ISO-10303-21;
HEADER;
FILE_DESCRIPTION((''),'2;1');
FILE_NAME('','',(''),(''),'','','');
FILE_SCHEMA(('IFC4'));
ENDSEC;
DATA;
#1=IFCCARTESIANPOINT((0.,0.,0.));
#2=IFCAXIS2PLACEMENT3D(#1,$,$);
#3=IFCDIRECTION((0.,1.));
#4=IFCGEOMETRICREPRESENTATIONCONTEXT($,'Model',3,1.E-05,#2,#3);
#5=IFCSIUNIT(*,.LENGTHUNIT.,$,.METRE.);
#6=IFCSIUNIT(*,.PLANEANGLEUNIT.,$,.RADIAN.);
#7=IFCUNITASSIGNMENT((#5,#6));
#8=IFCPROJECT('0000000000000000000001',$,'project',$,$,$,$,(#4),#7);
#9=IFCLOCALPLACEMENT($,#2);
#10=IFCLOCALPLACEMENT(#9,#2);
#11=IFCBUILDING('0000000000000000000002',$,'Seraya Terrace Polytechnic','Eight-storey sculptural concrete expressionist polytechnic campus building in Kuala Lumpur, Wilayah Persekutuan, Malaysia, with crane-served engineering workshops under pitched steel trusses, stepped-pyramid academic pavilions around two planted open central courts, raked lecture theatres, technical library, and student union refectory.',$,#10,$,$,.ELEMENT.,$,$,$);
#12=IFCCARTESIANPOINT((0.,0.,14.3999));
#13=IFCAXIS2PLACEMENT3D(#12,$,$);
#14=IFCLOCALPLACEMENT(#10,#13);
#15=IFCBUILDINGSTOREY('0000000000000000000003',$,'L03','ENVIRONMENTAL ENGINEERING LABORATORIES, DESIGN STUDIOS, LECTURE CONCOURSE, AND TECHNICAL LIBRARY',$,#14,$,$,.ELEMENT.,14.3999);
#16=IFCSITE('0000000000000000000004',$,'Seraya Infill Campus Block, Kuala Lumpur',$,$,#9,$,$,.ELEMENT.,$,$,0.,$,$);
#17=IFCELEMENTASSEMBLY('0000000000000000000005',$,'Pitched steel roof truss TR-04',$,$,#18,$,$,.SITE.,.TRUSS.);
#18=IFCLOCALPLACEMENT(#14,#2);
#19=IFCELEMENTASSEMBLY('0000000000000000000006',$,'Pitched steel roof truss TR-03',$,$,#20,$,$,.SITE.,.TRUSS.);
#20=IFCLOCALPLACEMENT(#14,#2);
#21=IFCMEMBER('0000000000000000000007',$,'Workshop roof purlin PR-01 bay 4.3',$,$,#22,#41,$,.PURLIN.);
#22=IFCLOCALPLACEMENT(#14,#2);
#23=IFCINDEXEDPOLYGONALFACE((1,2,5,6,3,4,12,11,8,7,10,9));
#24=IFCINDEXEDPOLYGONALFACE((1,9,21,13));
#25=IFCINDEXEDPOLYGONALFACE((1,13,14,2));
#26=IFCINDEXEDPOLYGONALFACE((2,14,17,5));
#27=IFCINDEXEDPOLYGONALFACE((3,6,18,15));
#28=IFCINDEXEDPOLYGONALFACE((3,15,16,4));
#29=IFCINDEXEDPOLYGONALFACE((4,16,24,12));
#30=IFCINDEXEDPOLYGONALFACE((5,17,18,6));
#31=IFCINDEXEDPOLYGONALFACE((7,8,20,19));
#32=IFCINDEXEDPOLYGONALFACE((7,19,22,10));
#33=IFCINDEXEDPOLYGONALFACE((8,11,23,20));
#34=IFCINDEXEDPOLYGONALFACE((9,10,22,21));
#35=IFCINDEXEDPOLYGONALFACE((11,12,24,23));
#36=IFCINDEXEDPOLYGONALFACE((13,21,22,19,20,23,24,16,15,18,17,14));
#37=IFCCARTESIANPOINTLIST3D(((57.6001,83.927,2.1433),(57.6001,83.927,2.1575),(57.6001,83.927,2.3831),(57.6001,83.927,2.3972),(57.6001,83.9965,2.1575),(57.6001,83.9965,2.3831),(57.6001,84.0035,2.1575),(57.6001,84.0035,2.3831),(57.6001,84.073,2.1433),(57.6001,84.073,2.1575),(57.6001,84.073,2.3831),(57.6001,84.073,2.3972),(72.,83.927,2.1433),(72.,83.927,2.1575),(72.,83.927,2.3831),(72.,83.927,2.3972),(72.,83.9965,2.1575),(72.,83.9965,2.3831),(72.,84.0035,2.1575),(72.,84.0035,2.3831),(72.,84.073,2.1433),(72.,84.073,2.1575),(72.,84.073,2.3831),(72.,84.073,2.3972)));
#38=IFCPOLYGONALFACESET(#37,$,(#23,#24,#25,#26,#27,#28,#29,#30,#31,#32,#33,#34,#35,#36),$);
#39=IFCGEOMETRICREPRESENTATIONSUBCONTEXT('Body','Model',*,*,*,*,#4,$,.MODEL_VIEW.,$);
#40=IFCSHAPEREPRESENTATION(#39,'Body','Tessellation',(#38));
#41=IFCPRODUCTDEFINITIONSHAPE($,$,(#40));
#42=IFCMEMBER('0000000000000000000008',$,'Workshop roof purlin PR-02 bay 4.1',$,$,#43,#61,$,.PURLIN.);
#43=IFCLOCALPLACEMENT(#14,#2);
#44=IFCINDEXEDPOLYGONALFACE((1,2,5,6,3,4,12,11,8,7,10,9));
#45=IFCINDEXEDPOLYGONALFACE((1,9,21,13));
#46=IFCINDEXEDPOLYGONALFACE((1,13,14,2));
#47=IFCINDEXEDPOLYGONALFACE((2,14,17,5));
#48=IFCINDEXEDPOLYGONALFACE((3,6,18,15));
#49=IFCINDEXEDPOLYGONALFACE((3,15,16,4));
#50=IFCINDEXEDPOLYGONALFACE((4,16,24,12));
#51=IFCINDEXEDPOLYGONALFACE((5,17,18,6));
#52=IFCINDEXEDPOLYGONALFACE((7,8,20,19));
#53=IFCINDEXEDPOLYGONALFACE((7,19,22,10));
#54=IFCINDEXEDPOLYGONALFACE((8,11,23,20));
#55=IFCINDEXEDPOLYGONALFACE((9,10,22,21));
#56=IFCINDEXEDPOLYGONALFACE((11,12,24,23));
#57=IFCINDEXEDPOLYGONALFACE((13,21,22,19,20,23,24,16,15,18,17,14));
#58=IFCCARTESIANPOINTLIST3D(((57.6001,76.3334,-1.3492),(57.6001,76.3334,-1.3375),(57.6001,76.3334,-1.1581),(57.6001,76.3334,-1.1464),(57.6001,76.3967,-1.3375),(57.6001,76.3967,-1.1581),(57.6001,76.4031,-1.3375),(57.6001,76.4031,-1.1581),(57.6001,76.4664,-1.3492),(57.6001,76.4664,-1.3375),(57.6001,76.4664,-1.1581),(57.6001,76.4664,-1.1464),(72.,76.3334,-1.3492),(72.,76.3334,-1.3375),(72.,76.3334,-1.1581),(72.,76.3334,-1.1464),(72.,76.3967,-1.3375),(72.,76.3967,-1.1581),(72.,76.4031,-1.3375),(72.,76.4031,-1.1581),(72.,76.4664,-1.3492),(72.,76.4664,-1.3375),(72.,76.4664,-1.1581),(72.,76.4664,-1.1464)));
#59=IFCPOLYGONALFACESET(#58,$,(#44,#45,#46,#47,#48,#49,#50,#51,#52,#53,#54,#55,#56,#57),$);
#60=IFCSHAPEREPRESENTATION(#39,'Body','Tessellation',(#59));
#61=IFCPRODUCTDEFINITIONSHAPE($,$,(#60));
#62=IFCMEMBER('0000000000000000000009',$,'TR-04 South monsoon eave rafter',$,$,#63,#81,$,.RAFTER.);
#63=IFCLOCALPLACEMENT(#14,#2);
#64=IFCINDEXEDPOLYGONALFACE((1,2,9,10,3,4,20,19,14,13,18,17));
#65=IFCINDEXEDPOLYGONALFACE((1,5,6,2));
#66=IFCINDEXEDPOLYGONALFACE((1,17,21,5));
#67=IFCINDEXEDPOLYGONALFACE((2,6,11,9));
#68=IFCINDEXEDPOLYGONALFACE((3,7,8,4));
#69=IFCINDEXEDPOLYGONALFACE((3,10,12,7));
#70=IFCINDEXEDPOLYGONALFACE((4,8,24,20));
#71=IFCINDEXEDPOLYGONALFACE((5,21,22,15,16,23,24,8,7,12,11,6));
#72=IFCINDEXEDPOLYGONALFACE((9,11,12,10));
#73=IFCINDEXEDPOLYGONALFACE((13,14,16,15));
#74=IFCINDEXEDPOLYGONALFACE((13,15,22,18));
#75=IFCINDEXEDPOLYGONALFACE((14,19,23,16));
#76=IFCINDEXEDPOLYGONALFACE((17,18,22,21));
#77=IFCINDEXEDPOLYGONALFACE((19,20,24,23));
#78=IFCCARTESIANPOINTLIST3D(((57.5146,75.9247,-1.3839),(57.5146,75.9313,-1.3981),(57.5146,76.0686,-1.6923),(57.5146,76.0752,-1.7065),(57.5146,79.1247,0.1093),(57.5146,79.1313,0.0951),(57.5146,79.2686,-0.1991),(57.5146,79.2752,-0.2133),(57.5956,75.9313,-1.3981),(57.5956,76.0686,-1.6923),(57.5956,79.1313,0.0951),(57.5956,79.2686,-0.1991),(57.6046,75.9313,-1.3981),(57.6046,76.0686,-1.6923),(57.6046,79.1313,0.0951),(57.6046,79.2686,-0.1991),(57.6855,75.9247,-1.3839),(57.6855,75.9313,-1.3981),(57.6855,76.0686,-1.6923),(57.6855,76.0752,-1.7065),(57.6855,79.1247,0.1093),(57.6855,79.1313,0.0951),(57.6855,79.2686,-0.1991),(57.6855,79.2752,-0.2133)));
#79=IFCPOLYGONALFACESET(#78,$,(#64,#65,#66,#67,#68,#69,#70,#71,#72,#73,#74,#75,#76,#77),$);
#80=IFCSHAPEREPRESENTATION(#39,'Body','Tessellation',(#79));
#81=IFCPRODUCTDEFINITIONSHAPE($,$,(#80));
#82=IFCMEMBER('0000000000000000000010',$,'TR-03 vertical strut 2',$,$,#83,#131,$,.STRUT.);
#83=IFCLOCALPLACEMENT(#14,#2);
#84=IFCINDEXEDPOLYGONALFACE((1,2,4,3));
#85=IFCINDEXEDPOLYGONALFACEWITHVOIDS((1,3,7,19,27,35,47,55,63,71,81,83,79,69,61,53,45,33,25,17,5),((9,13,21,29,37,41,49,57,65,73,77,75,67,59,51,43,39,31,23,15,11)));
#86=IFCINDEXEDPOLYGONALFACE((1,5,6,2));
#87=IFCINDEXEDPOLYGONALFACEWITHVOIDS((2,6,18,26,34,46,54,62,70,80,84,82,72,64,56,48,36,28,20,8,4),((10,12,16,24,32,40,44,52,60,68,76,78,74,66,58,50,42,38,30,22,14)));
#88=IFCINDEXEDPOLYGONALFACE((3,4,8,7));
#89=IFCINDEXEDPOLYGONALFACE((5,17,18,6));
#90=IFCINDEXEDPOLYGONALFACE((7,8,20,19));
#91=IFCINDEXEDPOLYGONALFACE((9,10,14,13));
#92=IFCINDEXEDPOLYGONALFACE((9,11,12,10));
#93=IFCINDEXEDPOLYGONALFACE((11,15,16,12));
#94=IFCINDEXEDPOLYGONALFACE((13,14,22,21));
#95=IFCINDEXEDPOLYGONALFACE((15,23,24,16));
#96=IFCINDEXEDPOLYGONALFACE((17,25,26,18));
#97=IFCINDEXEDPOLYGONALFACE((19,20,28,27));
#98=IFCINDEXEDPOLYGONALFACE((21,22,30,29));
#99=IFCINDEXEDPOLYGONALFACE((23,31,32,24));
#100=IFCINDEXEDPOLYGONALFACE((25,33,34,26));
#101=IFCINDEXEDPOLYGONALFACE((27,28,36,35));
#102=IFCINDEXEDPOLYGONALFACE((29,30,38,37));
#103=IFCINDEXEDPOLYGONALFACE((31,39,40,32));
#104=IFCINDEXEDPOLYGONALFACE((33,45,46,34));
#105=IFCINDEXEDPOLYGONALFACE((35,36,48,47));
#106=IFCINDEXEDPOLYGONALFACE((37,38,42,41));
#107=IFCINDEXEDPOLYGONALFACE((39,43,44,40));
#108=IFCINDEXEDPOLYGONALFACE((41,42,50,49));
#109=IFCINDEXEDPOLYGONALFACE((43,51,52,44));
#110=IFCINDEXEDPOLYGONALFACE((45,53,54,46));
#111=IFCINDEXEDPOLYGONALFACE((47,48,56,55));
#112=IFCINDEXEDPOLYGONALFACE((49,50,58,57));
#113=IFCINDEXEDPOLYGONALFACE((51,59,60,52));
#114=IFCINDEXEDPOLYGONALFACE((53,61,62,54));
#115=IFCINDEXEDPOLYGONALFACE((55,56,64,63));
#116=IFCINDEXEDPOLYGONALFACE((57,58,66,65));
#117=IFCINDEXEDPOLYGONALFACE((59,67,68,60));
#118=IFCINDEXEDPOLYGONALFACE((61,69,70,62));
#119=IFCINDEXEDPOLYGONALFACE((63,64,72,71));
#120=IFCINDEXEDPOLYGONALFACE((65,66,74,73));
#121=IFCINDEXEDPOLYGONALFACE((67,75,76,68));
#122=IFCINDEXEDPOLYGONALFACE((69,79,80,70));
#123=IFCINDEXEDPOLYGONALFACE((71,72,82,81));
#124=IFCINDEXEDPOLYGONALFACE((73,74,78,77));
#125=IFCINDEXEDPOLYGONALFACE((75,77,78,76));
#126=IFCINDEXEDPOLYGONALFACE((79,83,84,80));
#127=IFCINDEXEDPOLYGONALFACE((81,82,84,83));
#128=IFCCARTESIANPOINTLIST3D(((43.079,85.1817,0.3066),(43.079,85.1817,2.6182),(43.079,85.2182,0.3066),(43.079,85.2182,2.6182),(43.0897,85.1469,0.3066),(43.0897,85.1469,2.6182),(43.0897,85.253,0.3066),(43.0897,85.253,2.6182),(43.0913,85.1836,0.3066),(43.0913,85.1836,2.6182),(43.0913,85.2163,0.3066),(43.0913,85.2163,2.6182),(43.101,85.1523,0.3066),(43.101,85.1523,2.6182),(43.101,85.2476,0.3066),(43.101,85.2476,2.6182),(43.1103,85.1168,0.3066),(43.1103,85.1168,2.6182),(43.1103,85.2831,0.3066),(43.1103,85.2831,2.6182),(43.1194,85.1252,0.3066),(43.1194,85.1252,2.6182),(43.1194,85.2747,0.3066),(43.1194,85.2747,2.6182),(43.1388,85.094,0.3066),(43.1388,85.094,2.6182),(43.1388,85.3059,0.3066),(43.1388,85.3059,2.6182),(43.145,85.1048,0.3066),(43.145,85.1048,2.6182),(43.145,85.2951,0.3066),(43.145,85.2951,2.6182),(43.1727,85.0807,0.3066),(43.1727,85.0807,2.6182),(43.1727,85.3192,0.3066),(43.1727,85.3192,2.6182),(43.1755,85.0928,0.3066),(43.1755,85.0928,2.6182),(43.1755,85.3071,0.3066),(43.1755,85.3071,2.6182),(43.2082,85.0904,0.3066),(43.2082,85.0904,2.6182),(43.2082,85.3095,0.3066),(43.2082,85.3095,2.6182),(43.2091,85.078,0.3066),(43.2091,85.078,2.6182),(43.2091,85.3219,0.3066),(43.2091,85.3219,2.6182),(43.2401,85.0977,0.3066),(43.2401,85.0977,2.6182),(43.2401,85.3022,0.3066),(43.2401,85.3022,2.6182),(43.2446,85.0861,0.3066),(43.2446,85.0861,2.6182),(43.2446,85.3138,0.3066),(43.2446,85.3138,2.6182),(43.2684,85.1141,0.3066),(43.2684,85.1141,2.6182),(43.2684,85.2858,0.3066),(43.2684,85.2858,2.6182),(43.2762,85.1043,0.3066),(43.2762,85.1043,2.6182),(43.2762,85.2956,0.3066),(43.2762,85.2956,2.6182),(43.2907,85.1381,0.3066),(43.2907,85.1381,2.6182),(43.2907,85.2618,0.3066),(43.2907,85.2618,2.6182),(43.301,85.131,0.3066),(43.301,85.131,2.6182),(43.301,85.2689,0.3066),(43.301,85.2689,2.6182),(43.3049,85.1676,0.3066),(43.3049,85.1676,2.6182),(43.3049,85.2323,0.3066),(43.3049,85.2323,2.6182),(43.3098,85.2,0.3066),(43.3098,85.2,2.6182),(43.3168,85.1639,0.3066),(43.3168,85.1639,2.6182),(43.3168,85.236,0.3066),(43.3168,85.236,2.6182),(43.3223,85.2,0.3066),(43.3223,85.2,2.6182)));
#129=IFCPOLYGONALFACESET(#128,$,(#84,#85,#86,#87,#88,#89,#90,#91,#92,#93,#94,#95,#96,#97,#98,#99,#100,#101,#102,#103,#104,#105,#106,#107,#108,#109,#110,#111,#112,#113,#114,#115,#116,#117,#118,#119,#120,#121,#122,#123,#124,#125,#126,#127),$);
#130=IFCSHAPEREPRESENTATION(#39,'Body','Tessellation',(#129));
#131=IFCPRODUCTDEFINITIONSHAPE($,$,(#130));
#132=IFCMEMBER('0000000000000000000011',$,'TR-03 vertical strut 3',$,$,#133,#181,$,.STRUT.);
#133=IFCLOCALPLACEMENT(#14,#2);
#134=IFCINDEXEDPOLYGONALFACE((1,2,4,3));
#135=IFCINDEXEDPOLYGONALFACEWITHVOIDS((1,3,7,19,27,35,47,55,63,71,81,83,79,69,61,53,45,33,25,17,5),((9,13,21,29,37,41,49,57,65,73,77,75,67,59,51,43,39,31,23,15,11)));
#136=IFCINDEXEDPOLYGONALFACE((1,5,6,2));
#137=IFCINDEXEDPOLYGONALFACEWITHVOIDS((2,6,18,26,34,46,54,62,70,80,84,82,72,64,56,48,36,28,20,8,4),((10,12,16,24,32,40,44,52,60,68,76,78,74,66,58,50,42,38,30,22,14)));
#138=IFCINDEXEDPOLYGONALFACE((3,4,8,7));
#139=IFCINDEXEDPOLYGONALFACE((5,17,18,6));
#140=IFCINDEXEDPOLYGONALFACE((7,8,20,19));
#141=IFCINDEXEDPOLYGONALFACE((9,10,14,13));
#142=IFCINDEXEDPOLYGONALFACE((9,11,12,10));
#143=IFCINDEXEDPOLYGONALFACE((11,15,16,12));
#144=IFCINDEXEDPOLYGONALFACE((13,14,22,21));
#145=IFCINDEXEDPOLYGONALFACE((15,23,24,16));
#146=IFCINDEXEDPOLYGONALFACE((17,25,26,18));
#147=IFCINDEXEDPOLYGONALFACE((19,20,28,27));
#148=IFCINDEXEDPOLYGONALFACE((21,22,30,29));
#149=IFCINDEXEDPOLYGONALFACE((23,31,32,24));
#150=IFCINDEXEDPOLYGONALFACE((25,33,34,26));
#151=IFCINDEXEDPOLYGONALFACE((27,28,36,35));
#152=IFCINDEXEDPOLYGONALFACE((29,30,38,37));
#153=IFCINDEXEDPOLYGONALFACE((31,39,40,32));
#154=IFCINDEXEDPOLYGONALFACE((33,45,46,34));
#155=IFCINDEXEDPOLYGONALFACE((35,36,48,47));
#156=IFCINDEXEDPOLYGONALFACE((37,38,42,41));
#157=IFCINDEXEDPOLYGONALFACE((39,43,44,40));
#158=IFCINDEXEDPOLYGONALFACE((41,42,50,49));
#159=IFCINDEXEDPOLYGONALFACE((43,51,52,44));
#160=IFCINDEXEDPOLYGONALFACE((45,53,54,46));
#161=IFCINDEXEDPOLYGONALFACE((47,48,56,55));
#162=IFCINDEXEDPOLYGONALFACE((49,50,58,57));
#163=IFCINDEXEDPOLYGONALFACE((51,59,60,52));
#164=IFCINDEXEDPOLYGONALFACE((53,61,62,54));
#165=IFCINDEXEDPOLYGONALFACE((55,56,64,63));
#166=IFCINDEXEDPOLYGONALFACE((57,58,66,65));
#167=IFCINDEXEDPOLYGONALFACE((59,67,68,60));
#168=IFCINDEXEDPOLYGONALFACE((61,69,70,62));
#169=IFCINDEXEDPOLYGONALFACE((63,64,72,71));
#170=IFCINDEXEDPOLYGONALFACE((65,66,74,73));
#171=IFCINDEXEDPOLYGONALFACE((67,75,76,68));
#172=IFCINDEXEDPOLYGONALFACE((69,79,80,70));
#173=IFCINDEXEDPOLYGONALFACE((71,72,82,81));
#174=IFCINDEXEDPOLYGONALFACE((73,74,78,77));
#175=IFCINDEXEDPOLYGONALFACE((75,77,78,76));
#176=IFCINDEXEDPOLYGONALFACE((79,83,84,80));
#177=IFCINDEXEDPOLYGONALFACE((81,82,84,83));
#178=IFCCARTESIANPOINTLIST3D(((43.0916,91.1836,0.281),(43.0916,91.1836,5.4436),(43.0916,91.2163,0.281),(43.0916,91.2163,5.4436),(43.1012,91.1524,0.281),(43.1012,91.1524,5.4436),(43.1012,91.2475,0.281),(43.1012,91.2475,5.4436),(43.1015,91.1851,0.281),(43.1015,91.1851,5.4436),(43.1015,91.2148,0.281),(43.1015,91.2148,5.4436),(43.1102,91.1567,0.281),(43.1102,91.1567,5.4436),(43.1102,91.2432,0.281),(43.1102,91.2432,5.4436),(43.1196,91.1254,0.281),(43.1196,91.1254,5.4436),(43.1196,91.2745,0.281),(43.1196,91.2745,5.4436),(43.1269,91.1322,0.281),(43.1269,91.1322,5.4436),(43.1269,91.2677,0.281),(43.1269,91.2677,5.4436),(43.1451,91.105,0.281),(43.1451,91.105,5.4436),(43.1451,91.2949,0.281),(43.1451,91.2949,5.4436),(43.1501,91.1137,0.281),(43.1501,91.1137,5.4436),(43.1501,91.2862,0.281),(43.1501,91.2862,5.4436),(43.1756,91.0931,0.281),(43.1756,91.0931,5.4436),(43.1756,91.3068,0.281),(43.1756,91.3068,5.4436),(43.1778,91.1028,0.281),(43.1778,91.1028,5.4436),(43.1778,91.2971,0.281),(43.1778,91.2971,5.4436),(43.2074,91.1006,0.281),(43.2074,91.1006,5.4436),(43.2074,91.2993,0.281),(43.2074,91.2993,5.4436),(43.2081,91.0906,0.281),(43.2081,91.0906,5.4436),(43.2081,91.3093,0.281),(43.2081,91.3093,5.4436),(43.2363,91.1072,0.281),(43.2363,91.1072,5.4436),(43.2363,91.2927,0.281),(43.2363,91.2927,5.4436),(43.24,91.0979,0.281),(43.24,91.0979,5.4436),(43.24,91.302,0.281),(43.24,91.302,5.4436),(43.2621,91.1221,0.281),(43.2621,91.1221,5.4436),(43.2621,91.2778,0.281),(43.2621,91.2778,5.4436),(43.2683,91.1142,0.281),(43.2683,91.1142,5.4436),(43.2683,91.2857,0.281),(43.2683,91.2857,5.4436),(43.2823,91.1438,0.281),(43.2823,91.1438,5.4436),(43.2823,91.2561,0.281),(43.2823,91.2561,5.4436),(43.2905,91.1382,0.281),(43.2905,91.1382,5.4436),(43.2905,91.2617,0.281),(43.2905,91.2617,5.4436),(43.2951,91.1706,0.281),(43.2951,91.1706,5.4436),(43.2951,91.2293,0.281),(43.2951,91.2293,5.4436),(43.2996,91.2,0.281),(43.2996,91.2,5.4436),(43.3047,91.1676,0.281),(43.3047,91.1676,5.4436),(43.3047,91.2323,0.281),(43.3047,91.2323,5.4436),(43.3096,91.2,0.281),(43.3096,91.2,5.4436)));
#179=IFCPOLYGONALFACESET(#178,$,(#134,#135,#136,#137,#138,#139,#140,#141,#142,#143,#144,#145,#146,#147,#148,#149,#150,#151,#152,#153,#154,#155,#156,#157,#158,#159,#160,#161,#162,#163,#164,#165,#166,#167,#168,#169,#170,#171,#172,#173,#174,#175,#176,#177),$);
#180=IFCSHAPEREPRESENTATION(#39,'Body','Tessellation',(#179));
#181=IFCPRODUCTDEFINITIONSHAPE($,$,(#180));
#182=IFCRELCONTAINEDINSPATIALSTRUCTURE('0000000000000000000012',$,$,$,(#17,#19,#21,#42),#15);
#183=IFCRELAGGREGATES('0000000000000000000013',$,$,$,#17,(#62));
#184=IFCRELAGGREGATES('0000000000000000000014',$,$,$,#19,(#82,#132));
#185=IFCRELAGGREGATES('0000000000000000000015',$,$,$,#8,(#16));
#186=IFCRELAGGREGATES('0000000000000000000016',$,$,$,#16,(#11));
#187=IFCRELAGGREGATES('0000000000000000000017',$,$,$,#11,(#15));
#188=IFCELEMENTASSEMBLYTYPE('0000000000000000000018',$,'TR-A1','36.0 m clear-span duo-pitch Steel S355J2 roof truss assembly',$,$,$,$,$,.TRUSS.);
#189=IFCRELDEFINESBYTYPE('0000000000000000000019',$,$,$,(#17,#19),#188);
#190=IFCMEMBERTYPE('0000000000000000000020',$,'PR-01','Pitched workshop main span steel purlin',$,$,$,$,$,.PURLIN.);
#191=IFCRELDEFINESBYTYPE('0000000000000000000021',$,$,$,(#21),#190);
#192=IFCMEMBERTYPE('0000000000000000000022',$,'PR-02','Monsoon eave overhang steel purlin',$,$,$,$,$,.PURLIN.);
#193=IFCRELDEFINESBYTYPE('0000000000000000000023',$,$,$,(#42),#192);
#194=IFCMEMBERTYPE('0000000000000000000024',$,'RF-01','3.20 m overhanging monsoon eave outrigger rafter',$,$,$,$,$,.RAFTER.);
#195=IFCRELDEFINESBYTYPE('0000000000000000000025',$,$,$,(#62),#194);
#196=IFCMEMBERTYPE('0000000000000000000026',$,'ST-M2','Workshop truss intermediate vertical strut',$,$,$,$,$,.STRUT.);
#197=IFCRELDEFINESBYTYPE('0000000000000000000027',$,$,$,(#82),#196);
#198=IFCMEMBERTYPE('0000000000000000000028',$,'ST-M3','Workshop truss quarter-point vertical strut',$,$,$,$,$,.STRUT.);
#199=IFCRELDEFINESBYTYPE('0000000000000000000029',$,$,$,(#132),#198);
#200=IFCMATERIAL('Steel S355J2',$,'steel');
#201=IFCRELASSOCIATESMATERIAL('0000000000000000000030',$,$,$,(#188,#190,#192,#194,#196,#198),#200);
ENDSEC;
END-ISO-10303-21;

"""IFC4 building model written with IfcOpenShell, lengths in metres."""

from ifc_helpers import new_model, si_unit, direction, frame, origin, origin_2d, place, context, subcontext, project, spatial, hollow_circle, i_section, extrude, material, material_profile, profile_set, type_object, element, aggregate, save


model = new_model("IFC4")

# Units and contexts
model_context = context("Model", 3, precision=1e-05, world=origin(), true_north=direction((0.0, 1.0)))
body_context = subcontext(model_context, "Body", "Model", "MODEL_VIEW")
ifc_project = project(units=[si_unit("LENGTHUNIT", "METRE"), si_unit("PLANEANGLEUNIT", "RADIAN")], contexts=[model_context])

# Site, building, storey
site_placement = place(None, origin())
site = spatial("IfcSite", under=ifc_project, at=site_placement, Name="Seraya Infill Campus Block, Kuala Lumpur", CompositionType="ELEMENT", RefElevation=0.0)
building_placement = place(site_placement, origin())
building = spatial("IfcBuilding", under=site, at=building_placement, Name="Seraya Terrace Polytechnic", Description="Eight-storey sculptural concrete expressionist polytechnic campus building in Kuala Lumpur, Wilayah Persekutuan, Malaysia, with crane-served engineering workshops under pitched steel trusses, stepped-pyramid academic pavilions around two planted open central courts, raked lecture theatres, technical library, and student union refectory.", CompositionType="ELEMENT")
storey_placement = place(building_placement, frame((0.0, 0.0, 14.3999)))
storey = spatial("IfcBuildingStorey", under=building, at=storey_placement, Name="L03", Description="ENVIRONMENTAL ENGINEERING LABORATORIES, DESIGN STUDIOS, LECTURE CONCOURSE, AND TECHNICAL LIBRARY", CompositionType="ELEMENT", Elevation=14.3999)

# Element assembly
ifc_material_1 = material(Name="Steel S355J2", Category="steel")
element_assembly_type = type_object("IfcElementAssemblyType", Name="TR-A1", Description="36.0 m clear-span duo-pitch Steel S355J2 roof truss assembly", PredefinedType="TRUSS", material=ifc_material_1)
assembly_1_placement = place(storey_placement, origin())
assembly_1 = element("IfcElementAssembly", 1, at=assembly_1_placement, inside=storey, type_object=element_assembly_type, Name="Pitched steel roof truss TR-04", AssemblyPlace="SITE", PredefinedType="TRUSS")

# Element assembly
assembly_2_placement = place(storey_placement, origin())
assembly_2 = element("IfcElementAssembly", 2, at=assembly_2_placement, inside=storey, type_object=element_assembly_type, Name="Pitched steel roof truss TR-03", AssemblyPlace="SITE", PredefinedType="TRUSS")

# Members
ifc_material_profile_1 = material_profile(ifc_material_1, i_section(OverallWidth=0.146, OverallDepth=0.2539, WebThickness=0.0071, FlangeThickness=0.0142, at=origin_2d()), Name="UKB 254x146x7.2x14.2")
ifc_profile_set_1 = profile_set([ifc_material_profile_1], Name="Steel S355J2")
member_type_1 = type_object("IfcMemberType", Name="PR-01", Description="Pitched workshop main span steel purlin", PredefinedType="PURLIN", material=ifc_profile_set_1)
for number, where, z_axis, x_axis, name in (
    (3, (57.6001, 84.0, 2.2703), (1.0, 0.0, 0.0), (0.0, 1.0, 0.0), "Workshop roof purlin PR-01 bay 4.3"),
):
    element("IfcMember", number, at=place(storey_placement, frame(where, z_axis=z_axis, x_axis=x_axis)), inside=storey, type_object=member_type_1, Name=name, PredefinedType="PURLIN", context=body_context, shape_type="SweptSolid", body=[
        extrude(i_section(OverallWidth=0.146, OverallDepth=0.2539, WebThickness=0.0071, FlangeThickness=0.0142, at=origin_2d()), origin(), (0.0, 0.0, 1.0), 14.3999),
    ])
ifc_material_profile_2 = material_profile(ifc_material_1, i_section(OverallWidth=0.1331, OverallDepth=0.2029, WebThickness=0.0063, FlangeThickness=0.0117, at=origin_2d()), Name="UKB 203x133x6.4x11.8")
ifc_profile_set_2 = profile_set([ifc_material_profile_2], Name="Steel S355J2")
member_type_2 = type_object("IfcMemberType", Name="PR-02", Description="Monsoon eave overhang steel purlin", PredefinedType="PURLIN", material=ifc_profile_set_2)
member_1_placement = place(storey_placement, frame((57.6001, 76.3999, -1.2478), z_axis=(1.0, 0.0, 0.0), x_axis=(0.0, 1.0, 0.0)))
element("IfcMember", 4, at=member_1_placement, inside=storey, type_object=member_type_2, Name="Workshop roof purlin PR-02 bay 4.1", PredefinedType="PURLIN", context=body_context, shape_type="SweptSolid", body=[
    extrude(i_section(OverallWidth=0.1331, OverallDepth=0.2029, WebThickness=0.0063, FlangeThickness=0.0117, at=origin_2d()), origin(), (0.0, 0.0, 1.0), 14.3999),
])

# Members
ifc_material_profile_3 = material_profile(ifc_material_1, i_section(OverallWidth=0.1709, OverallDepth=0.356, WebThickness=0.009, FlangeThickness=0.0156, at=origin_2d()), Name="UKB 356x171x9.1x15.7")
ifc_profile_set_3 = profile_set([ifc_material_profile_3], Name="Steel S355J2")
member_type_3 = type_object("IfcMemberType", Name="RF-01", Description="3.20 m overhanging monsoon eave outrigger rafter", PredefinedType="RAFTER", material=ifc_profile_set_3)
member_2_placement = place(storey_placement, frame((57.6001, 79.2, -0.052), z_axis=(0.0, -0.906199, -0.422851), x_axis=(1.0, 0.0, 0.0)))
member_2 = element("IfcMember", 5, at=member_2_placement, type_object=member_type_3, Name="TR-04 South monsoon eave rafter", PredefinedType="RAFTER", context=body_context, shape_type="SweptSolid", body=[
    extrude(i_section(OverallWidth=0.1709, OverallDepth=0.356, WebThickness=0.009, FlangeThickness=0.0156, at=origin_2d()), origin(), (0.0, 0.0, 1.0), 3.5312),
])
ifc_material_profile_4 = material_profile(ifc_material_1, hollow_circle(Radius=0.1223, WallThickness=0.0125, at=origin_2d()), Name="CHS 244.5x12.5")
ifc_profile_set_4 = profile_set([ifc_material_profile_4], Name="Steel S355J2")
member_type_4 = type_object("IfcMemberType", Name="ST-M2", Description="Workshop truss intermediate vertical strut", PredefinedType="STRUT", material=ifc_profile_set_4)
member_3_placement = place(storey_placement, frame((43.2, 85.2, 0.3066), z_axis=(0.0, 0.0, 1.0), x_axis=(1.0, 0.0, 0.0)))
member_3 = element("IfcMember", 6, at=member_3_placement, type_object=member_type_4, Name="TR-03 vertical strut 2", PredefinedType="STRUT", context=body_context, shape_type="SweptSolid", body=[
    extrude(hollow_circle(Radius=0.1223, WallThickness=0.0125, at=origin_2d()), origin(), (0.0, 0.0, 1.0), 2.3115),
])
ifc_material_profile_5 = material_profile(ifc_material_1, hollow_circle(Radius=0.1096, WallThickness=0.01, at=origin_2d()), Name="CHS 219.1x10.0")
ifc_profile_set_5 = profile_set([ifc_material_profile_5], Name="Steel S355J2")
member_type_5 = type_object("IfcMemberType", Name="ST-M3", Description="Workshop truss quarter-point vertical strut", PredefinedType="STRUT", material=ifc_profile_set_5)
member_4_placement = place(storey_placement, frame((43.2, 91.2, 0.281), z_axis=(0.0, 0.0, 1.0), x_axis=(1.0, 0.0, 0.0)))
member_4 = element("IfcMember", 7, at=member_4_placement, type_object=member_type_5, Name="TR-03 vertical strut 3", PredefinedType="STRUT", context=body_context, shape_type="SweptSolid", body=[
    extrude(hollow_circle(Radius=0.1096, WallThickness=0.01, at=origin_2d()), origin(), (0.0, 0.0, 1.0), 5.1626),
])

aggregate(assembly_1, [member_2])
aggregate(assembly_2, [member_3, member_4])

save(model, "model.ifc")
